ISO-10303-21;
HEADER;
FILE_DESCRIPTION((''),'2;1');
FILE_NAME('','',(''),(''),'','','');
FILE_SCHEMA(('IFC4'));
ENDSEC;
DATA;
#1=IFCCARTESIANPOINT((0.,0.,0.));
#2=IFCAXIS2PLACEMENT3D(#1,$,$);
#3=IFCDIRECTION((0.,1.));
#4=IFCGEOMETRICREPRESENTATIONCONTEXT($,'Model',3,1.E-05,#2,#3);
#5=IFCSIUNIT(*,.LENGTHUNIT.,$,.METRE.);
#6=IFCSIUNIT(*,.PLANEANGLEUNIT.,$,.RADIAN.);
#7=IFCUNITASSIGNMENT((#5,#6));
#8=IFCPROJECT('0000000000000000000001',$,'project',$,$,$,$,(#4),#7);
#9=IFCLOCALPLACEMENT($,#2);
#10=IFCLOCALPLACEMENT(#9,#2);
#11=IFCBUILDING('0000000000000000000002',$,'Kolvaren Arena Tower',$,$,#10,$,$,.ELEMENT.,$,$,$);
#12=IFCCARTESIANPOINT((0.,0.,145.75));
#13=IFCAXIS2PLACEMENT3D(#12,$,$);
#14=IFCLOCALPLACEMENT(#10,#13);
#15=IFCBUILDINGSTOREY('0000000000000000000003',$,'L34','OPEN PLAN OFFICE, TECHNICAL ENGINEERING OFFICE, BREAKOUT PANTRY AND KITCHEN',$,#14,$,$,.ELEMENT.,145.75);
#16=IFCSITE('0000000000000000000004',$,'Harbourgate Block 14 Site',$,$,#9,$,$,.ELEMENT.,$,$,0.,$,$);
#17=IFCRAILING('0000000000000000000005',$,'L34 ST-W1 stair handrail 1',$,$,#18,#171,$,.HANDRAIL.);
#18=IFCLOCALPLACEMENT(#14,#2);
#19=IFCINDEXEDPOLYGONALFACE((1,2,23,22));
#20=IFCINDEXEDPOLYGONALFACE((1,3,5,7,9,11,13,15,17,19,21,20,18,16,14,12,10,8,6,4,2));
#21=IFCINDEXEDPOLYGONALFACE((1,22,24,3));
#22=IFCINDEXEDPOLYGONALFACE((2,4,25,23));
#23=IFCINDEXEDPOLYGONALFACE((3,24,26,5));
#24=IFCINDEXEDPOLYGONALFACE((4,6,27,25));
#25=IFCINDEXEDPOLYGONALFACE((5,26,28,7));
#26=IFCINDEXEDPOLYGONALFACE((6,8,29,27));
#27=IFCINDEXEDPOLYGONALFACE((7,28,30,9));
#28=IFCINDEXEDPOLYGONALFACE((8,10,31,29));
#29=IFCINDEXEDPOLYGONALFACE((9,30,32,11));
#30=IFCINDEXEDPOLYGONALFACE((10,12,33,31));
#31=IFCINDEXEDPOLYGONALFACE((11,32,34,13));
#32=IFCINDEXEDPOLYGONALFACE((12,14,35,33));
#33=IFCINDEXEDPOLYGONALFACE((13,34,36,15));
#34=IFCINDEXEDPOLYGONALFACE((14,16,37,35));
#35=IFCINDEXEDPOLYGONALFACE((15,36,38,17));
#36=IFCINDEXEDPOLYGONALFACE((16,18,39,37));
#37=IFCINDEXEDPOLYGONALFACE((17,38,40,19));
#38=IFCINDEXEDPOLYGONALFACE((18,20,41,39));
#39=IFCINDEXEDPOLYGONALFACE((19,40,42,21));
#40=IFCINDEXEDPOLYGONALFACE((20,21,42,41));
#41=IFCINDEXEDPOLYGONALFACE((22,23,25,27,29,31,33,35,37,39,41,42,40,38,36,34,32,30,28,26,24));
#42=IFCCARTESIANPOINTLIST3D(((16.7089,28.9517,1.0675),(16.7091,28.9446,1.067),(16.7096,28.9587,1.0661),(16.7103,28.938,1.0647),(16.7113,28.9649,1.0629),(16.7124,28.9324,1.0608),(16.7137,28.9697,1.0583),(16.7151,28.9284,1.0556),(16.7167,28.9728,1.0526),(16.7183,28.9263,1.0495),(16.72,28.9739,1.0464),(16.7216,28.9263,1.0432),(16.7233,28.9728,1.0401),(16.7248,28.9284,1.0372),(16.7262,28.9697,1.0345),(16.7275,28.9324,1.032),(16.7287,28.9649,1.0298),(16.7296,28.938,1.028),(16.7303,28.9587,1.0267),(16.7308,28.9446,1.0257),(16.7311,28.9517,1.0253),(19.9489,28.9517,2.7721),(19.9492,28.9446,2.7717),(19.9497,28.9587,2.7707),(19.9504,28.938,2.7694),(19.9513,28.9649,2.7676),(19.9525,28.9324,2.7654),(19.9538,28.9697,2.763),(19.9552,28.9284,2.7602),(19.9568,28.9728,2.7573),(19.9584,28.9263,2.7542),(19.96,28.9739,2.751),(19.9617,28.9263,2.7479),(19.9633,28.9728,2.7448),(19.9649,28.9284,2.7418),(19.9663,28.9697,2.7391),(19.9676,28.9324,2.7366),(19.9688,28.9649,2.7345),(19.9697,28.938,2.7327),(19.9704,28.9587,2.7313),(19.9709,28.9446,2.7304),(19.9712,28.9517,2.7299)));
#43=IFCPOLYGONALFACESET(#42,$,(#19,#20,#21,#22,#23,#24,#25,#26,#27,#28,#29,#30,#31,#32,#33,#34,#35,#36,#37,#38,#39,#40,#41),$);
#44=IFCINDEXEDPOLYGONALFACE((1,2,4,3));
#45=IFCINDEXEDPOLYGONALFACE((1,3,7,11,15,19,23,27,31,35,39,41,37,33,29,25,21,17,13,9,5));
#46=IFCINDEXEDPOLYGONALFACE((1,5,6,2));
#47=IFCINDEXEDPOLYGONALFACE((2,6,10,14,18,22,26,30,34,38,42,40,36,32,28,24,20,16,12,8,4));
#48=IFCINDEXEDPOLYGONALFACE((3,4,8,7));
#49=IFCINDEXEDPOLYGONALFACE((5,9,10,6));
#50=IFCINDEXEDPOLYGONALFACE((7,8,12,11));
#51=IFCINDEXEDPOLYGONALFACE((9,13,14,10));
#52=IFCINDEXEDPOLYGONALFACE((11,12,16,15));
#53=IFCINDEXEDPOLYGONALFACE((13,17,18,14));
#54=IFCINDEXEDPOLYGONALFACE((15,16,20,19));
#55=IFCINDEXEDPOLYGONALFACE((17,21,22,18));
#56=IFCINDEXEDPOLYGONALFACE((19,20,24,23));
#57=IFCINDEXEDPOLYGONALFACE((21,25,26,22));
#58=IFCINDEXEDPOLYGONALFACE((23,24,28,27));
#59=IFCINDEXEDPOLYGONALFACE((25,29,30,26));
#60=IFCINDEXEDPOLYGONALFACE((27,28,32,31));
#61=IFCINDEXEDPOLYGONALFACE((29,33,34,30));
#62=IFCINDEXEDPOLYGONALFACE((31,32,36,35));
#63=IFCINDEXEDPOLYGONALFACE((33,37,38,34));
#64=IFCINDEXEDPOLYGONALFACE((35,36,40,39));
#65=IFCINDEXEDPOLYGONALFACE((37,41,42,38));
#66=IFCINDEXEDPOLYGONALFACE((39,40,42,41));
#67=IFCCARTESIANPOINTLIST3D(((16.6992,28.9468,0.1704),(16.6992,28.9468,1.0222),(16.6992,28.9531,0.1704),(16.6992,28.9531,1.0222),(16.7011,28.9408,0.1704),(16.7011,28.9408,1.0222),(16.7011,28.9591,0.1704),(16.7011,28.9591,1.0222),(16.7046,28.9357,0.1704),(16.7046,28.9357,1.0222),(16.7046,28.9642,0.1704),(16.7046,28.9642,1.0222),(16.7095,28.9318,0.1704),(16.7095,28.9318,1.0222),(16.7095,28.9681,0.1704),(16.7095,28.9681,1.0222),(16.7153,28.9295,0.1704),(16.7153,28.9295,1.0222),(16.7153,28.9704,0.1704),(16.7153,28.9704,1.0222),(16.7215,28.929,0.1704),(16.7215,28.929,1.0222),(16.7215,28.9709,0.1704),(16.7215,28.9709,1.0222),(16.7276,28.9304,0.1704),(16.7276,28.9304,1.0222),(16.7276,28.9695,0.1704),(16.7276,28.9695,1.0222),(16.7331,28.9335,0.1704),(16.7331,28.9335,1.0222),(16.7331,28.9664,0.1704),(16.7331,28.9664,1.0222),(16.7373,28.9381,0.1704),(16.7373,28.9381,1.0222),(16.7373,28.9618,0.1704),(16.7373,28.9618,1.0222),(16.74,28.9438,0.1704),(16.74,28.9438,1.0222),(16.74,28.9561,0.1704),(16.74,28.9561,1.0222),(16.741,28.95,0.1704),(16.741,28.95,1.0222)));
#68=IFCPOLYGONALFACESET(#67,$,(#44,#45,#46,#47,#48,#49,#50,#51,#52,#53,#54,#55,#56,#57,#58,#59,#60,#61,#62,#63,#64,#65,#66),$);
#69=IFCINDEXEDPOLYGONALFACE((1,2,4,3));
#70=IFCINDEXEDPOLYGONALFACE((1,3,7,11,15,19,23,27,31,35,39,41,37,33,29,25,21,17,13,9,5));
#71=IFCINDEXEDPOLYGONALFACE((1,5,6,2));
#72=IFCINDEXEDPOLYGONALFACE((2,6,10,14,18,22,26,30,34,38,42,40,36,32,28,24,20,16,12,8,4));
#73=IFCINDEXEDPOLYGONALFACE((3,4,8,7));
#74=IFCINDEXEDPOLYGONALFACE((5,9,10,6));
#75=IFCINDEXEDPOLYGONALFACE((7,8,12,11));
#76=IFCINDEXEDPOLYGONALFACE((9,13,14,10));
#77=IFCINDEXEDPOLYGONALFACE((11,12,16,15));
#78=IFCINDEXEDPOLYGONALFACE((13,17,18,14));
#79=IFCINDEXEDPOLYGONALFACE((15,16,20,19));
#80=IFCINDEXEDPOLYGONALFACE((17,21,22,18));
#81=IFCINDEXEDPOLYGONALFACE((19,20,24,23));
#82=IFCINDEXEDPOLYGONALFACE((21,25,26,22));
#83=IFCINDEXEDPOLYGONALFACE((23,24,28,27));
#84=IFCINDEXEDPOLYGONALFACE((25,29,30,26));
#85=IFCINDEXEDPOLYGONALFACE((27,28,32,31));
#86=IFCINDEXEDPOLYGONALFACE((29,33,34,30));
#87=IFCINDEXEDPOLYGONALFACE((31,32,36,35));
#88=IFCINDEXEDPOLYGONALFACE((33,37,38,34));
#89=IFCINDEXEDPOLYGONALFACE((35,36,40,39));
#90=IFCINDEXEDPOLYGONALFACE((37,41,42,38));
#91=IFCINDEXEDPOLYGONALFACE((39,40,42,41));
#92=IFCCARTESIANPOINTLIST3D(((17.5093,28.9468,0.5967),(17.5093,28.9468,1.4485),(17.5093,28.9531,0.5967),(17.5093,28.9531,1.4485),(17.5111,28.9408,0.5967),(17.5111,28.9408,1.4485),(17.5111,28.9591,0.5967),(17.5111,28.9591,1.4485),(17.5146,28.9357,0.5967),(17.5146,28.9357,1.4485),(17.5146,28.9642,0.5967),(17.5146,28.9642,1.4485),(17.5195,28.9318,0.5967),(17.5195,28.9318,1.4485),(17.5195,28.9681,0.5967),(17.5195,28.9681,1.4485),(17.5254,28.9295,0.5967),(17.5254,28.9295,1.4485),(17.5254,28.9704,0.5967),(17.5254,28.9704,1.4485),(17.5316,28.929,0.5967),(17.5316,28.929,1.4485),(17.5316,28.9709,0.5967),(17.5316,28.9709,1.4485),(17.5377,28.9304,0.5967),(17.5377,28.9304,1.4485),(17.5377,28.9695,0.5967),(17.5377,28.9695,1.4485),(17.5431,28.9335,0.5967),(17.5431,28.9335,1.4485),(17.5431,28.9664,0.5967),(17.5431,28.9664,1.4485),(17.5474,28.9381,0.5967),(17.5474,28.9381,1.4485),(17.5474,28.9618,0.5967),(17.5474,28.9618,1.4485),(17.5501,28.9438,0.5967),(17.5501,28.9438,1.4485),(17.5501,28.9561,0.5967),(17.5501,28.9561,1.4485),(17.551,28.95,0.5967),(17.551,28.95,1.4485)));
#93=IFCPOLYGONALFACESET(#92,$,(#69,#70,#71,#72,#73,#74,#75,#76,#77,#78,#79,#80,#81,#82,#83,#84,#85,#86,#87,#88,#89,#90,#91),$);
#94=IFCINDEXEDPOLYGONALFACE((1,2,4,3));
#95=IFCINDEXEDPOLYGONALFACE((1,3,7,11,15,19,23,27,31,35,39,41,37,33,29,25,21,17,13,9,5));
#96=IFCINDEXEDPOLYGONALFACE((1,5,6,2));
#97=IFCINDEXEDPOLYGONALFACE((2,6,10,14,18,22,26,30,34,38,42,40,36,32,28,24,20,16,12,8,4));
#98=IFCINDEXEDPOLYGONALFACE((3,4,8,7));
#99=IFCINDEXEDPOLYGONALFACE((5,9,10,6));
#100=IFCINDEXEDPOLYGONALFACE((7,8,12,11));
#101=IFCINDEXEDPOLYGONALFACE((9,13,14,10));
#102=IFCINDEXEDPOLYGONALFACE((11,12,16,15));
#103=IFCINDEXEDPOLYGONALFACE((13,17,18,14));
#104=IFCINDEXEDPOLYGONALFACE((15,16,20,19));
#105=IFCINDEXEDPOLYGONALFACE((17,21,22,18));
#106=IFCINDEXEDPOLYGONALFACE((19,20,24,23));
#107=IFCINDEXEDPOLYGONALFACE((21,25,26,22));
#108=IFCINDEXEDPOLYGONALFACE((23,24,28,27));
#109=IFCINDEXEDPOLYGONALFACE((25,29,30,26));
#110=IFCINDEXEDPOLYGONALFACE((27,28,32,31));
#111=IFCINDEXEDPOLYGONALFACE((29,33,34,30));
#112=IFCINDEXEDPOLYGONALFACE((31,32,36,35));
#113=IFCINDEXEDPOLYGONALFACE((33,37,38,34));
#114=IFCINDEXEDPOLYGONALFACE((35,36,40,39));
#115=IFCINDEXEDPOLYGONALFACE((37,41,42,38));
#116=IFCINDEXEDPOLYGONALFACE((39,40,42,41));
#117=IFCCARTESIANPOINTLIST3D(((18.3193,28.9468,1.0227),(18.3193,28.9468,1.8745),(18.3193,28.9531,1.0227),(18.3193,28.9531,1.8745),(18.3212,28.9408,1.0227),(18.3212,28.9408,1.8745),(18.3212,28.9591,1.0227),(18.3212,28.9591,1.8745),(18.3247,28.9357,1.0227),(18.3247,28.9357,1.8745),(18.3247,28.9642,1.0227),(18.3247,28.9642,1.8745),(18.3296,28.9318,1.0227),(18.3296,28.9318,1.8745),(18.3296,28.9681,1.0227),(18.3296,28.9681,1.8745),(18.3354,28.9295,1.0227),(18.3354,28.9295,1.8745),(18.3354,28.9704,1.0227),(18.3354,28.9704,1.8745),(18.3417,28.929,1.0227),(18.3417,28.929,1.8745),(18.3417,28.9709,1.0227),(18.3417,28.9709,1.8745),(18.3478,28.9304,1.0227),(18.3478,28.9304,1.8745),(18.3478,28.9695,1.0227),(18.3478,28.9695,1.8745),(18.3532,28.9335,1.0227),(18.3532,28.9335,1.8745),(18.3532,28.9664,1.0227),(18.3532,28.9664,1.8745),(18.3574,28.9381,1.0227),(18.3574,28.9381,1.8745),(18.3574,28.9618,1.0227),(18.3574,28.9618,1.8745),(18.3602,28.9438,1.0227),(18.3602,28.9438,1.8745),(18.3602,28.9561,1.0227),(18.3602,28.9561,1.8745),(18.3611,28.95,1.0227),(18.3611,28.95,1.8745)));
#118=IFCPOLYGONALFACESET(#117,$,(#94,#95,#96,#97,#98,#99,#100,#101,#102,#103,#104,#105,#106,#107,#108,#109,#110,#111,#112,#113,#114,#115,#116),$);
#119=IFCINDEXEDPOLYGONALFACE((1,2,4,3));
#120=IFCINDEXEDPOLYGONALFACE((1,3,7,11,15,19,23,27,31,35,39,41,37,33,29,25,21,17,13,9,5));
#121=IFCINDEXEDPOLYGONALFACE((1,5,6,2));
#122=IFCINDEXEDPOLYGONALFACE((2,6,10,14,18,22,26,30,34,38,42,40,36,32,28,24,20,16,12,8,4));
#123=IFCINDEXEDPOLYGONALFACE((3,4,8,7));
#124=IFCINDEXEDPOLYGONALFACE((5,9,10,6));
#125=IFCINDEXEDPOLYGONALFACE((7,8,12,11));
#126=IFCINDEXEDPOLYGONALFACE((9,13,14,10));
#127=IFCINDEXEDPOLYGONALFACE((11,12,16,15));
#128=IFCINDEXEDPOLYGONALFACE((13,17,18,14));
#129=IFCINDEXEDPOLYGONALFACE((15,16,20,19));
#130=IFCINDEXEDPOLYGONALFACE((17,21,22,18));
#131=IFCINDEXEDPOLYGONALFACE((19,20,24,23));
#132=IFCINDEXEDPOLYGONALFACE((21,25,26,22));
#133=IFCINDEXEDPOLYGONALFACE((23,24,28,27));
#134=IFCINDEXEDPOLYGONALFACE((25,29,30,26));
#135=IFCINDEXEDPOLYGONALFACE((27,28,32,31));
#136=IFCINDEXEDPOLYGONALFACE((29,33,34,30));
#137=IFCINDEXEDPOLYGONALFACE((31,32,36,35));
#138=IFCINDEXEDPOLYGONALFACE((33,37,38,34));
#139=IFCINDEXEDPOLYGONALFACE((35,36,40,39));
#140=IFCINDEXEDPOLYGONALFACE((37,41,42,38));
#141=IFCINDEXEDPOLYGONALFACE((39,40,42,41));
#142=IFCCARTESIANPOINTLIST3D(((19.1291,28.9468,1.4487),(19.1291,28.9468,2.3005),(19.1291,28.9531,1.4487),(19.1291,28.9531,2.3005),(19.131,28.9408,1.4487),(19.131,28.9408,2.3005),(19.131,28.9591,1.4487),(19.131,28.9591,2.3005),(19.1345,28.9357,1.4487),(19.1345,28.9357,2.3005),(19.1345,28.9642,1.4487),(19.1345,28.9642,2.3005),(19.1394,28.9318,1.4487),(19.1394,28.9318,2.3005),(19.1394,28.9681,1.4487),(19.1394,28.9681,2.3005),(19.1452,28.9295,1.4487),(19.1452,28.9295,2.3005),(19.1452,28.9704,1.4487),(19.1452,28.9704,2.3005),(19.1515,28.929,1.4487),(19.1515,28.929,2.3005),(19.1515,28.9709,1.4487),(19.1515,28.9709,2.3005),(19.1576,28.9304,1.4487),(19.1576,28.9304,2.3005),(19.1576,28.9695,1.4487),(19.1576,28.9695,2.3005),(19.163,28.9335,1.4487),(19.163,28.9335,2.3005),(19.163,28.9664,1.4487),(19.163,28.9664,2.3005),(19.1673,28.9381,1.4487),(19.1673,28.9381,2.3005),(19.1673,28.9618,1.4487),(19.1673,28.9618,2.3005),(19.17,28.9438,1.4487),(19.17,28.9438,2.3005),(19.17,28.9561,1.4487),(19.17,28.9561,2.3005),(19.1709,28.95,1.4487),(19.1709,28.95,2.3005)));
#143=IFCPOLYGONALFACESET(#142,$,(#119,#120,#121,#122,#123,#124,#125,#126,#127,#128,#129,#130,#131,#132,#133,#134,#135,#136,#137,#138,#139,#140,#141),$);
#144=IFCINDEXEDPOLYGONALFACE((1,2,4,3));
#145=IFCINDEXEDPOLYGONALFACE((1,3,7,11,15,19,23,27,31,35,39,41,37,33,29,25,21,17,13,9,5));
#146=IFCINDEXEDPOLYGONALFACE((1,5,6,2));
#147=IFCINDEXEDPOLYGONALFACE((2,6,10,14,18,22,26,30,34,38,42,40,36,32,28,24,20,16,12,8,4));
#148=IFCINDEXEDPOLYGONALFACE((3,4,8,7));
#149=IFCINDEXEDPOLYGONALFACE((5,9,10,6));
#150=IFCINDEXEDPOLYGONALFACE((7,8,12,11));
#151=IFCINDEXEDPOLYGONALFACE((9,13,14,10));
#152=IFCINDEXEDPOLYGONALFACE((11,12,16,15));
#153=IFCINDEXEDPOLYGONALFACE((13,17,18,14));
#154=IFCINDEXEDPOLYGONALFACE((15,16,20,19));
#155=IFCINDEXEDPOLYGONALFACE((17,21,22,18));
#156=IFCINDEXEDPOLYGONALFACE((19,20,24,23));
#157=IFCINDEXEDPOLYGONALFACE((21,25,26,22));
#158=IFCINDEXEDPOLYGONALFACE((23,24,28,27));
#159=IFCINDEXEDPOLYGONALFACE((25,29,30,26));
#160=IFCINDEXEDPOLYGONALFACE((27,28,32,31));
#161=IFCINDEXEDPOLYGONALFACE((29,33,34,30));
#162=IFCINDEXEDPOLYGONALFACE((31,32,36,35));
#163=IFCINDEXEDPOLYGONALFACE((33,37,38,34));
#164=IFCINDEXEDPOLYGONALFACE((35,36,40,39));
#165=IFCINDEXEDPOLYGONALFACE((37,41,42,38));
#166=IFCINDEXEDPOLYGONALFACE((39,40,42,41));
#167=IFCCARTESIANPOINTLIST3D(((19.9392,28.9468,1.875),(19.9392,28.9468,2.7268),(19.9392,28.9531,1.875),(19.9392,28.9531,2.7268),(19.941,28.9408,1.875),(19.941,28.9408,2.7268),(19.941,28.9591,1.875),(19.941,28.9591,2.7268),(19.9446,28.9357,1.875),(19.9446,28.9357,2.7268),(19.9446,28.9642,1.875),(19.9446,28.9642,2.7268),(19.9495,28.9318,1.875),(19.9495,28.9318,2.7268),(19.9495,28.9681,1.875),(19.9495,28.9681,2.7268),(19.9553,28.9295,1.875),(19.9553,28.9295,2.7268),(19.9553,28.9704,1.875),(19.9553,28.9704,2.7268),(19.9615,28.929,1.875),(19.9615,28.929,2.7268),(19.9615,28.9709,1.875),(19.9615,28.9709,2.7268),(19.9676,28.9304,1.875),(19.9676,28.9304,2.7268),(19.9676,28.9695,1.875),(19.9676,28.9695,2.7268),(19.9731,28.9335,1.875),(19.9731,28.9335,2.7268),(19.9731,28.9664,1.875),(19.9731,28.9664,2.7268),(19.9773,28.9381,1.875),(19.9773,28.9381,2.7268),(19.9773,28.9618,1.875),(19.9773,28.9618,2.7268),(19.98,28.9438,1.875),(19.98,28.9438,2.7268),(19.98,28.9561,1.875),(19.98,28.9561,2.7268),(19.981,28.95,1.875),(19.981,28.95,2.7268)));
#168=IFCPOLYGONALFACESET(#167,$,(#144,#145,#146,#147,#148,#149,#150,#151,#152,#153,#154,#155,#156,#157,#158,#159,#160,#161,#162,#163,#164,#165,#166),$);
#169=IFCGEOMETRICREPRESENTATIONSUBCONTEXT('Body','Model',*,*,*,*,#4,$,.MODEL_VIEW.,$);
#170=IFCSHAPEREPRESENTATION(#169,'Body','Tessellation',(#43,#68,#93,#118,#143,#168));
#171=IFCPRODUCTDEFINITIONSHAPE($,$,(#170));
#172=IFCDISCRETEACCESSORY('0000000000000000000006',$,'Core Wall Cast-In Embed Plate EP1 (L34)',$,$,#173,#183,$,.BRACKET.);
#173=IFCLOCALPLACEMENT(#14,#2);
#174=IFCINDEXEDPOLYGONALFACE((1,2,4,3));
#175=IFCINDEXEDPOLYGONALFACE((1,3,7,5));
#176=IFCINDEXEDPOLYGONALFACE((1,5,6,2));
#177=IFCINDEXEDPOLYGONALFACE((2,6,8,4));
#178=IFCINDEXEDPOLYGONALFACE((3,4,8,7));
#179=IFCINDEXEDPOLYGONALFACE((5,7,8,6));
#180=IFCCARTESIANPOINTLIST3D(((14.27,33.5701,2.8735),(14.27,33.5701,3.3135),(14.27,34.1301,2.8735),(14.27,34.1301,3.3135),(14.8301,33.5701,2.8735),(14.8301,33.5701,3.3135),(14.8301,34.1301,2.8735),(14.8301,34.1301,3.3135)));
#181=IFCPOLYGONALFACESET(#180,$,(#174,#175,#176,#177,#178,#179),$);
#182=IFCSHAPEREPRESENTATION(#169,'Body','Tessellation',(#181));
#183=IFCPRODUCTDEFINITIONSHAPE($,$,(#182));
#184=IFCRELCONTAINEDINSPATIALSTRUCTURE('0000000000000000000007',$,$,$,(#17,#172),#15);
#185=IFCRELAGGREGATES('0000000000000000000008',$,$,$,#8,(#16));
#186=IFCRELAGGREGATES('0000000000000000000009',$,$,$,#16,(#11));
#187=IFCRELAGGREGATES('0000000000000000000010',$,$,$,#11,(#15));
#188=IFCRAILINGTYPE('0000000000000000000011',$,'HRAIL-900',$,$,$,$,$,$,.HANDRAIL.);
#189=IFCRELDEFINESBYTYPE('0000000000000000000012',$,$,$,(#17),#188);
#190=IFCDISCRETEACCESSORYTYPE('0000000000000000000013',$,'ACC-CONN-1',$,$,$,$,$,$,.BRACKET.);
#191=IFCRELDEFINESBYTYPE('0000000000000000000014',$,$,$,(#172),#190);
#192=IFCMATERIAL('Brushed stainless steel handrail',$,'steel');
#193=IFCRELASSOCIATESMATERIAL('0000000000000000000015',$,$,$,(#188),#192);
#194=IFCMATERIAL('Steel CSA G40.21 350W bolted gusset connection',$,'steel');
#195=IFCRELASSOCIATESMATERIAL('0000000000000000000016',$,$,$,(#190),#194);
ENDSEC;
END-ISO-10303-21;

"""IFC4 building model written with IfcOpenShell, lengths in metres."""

from ifc_helpers import new_model, si_unit, direction, frame, origin, origin_2d, place, context, subcontext, project, spatial, rectangle, circle, extrude, material, type_object, element, save


model = new_model("IFC4")

# Units and contexts
model_context = context("Model", 3, precision=1e-05, world=origin(), true_north=direction((0.0, 1.0)))
body_context = subcontext(model_context, "Body", "Model", "MODEL_VIEW")
ifc_project = project(units=[si_unit("LENGTHUNIT", "METRE"), si_unit("PLANEANGLEUNIT", "RADIAN")], contexts=[model_context])

# Site, building, storey
site_placement = place(None, origin())
site = spatial("IfcSite", under=ifc_project, at=site_placement, Name="Harbourgate Block 14 Site", CompositionType="ELEMENT", RefElevation=0.0)
building_placement = place(site_placement, origin())
building = spatial("IfcBuilding", under=site, at=building_placement, Name="Kolvaren Arena Tower", CompositionType="ELEMENT")
storey_placement = place(building_placement, frame((0.0, 0.0, 145.75)))
storey = spatial("IfcBuildingStorey", under=building, at=storey_placement, Name="L34", Description="OPEN PLAN OFFICE, TECHNICAL ENGINEERING OFFICE, BREAKOUT PANTRY AND KITCHEN", CompositionType="ELEMENT", Elevation=145.75)

# Railing
ifc_material_1 = material(Name="Brushed stainless steel handrail", Category="steel")
railing_type_1 = type_object("IfcRailingType", Name="HRAIL-900", PredefinedType="HANDRAIL", material=ifc_material_1)
railing_1_placement = place(storey_placement, frame((16.72, 28.95, 0.1704)))
element("IfcRailing", 1, at=railing_1_placement, inside=storey, type_object=railing_type_1, Name="L34 ST-W1 stair handrail 1", PredefinedType="HANDRAIL", context=body_context, shape_type="SweptSolid", body=[
    extrude(circle(Radius=0.0239, at=origin_2d()), frame((0.0, 0.0, 0.876), z_axis=(0.884993, 0.0, 0.465604), x_axis=(0.0, 1.0, 0.0)), (0.0, 0.0, 1.0), 3.6611),
    extrude(circle(Radius=0.021, at=origin_2d()), origin(), (0.0, 0.0, 1.0), 0.8518),
    extrude(circle(Radius=0.021, at=origin_2d()), frame((0.8101, 0.0, 0.4263)), (0.0, 0.0, 1.0), 0.8518),
    extrude(circle(Radius=0.021, at=origin_2d()), frame((1.6201, 0.0, 0.8523)), (0.0, 0.0, 1.0), 0.8518),
    extrude(circle(Radius=0.021, at=origin_2d()), frame((2.4299, 0.0, 1.2783)), (0.0, 0.0, 1.0), 0.8518),
    extrude(circle(Radius=0.021, at=origin_2d()), frame((3.24, 0.0, 1.7046)), (0.0, 0.0, 1.0), 0.8518),
])

# Discrete accessory
ifc_material_2 = material(Name="Steel CSA G40.21 350W bolted gusset connection", Category="steel")
discrete_accessory_type = type_object("IfcDiscreteAccessoryType", Name="ACC-CONN-1", PredefinedType="BRACKET", material=ifc_material_2)
discrete_accessory_placement = place(storey_placement, frame((14.55, 33.8501, 2.8735), z_axis=(0.0, 0.0, 1.0), x_axis=(1.0, 0.0, 0.0)))
element("IfcDiscreteAccessory", 2, at=discrete_accessory_placement, inside=storey, type_object=discrete_accessory_type, Name="Core Wall Cast-In Embed Plate EP1 (L34)", PredefinedType="BRACKET", context=body_context, shape_type="SweptSolid", body=[
    extrude(rectangle(XDim=0.5601, YDim=0.5601, at=origin_2d()), origin(), (0.0, 0.0, 1.0), 0.4399),
])

save(model, "model.ifc")
